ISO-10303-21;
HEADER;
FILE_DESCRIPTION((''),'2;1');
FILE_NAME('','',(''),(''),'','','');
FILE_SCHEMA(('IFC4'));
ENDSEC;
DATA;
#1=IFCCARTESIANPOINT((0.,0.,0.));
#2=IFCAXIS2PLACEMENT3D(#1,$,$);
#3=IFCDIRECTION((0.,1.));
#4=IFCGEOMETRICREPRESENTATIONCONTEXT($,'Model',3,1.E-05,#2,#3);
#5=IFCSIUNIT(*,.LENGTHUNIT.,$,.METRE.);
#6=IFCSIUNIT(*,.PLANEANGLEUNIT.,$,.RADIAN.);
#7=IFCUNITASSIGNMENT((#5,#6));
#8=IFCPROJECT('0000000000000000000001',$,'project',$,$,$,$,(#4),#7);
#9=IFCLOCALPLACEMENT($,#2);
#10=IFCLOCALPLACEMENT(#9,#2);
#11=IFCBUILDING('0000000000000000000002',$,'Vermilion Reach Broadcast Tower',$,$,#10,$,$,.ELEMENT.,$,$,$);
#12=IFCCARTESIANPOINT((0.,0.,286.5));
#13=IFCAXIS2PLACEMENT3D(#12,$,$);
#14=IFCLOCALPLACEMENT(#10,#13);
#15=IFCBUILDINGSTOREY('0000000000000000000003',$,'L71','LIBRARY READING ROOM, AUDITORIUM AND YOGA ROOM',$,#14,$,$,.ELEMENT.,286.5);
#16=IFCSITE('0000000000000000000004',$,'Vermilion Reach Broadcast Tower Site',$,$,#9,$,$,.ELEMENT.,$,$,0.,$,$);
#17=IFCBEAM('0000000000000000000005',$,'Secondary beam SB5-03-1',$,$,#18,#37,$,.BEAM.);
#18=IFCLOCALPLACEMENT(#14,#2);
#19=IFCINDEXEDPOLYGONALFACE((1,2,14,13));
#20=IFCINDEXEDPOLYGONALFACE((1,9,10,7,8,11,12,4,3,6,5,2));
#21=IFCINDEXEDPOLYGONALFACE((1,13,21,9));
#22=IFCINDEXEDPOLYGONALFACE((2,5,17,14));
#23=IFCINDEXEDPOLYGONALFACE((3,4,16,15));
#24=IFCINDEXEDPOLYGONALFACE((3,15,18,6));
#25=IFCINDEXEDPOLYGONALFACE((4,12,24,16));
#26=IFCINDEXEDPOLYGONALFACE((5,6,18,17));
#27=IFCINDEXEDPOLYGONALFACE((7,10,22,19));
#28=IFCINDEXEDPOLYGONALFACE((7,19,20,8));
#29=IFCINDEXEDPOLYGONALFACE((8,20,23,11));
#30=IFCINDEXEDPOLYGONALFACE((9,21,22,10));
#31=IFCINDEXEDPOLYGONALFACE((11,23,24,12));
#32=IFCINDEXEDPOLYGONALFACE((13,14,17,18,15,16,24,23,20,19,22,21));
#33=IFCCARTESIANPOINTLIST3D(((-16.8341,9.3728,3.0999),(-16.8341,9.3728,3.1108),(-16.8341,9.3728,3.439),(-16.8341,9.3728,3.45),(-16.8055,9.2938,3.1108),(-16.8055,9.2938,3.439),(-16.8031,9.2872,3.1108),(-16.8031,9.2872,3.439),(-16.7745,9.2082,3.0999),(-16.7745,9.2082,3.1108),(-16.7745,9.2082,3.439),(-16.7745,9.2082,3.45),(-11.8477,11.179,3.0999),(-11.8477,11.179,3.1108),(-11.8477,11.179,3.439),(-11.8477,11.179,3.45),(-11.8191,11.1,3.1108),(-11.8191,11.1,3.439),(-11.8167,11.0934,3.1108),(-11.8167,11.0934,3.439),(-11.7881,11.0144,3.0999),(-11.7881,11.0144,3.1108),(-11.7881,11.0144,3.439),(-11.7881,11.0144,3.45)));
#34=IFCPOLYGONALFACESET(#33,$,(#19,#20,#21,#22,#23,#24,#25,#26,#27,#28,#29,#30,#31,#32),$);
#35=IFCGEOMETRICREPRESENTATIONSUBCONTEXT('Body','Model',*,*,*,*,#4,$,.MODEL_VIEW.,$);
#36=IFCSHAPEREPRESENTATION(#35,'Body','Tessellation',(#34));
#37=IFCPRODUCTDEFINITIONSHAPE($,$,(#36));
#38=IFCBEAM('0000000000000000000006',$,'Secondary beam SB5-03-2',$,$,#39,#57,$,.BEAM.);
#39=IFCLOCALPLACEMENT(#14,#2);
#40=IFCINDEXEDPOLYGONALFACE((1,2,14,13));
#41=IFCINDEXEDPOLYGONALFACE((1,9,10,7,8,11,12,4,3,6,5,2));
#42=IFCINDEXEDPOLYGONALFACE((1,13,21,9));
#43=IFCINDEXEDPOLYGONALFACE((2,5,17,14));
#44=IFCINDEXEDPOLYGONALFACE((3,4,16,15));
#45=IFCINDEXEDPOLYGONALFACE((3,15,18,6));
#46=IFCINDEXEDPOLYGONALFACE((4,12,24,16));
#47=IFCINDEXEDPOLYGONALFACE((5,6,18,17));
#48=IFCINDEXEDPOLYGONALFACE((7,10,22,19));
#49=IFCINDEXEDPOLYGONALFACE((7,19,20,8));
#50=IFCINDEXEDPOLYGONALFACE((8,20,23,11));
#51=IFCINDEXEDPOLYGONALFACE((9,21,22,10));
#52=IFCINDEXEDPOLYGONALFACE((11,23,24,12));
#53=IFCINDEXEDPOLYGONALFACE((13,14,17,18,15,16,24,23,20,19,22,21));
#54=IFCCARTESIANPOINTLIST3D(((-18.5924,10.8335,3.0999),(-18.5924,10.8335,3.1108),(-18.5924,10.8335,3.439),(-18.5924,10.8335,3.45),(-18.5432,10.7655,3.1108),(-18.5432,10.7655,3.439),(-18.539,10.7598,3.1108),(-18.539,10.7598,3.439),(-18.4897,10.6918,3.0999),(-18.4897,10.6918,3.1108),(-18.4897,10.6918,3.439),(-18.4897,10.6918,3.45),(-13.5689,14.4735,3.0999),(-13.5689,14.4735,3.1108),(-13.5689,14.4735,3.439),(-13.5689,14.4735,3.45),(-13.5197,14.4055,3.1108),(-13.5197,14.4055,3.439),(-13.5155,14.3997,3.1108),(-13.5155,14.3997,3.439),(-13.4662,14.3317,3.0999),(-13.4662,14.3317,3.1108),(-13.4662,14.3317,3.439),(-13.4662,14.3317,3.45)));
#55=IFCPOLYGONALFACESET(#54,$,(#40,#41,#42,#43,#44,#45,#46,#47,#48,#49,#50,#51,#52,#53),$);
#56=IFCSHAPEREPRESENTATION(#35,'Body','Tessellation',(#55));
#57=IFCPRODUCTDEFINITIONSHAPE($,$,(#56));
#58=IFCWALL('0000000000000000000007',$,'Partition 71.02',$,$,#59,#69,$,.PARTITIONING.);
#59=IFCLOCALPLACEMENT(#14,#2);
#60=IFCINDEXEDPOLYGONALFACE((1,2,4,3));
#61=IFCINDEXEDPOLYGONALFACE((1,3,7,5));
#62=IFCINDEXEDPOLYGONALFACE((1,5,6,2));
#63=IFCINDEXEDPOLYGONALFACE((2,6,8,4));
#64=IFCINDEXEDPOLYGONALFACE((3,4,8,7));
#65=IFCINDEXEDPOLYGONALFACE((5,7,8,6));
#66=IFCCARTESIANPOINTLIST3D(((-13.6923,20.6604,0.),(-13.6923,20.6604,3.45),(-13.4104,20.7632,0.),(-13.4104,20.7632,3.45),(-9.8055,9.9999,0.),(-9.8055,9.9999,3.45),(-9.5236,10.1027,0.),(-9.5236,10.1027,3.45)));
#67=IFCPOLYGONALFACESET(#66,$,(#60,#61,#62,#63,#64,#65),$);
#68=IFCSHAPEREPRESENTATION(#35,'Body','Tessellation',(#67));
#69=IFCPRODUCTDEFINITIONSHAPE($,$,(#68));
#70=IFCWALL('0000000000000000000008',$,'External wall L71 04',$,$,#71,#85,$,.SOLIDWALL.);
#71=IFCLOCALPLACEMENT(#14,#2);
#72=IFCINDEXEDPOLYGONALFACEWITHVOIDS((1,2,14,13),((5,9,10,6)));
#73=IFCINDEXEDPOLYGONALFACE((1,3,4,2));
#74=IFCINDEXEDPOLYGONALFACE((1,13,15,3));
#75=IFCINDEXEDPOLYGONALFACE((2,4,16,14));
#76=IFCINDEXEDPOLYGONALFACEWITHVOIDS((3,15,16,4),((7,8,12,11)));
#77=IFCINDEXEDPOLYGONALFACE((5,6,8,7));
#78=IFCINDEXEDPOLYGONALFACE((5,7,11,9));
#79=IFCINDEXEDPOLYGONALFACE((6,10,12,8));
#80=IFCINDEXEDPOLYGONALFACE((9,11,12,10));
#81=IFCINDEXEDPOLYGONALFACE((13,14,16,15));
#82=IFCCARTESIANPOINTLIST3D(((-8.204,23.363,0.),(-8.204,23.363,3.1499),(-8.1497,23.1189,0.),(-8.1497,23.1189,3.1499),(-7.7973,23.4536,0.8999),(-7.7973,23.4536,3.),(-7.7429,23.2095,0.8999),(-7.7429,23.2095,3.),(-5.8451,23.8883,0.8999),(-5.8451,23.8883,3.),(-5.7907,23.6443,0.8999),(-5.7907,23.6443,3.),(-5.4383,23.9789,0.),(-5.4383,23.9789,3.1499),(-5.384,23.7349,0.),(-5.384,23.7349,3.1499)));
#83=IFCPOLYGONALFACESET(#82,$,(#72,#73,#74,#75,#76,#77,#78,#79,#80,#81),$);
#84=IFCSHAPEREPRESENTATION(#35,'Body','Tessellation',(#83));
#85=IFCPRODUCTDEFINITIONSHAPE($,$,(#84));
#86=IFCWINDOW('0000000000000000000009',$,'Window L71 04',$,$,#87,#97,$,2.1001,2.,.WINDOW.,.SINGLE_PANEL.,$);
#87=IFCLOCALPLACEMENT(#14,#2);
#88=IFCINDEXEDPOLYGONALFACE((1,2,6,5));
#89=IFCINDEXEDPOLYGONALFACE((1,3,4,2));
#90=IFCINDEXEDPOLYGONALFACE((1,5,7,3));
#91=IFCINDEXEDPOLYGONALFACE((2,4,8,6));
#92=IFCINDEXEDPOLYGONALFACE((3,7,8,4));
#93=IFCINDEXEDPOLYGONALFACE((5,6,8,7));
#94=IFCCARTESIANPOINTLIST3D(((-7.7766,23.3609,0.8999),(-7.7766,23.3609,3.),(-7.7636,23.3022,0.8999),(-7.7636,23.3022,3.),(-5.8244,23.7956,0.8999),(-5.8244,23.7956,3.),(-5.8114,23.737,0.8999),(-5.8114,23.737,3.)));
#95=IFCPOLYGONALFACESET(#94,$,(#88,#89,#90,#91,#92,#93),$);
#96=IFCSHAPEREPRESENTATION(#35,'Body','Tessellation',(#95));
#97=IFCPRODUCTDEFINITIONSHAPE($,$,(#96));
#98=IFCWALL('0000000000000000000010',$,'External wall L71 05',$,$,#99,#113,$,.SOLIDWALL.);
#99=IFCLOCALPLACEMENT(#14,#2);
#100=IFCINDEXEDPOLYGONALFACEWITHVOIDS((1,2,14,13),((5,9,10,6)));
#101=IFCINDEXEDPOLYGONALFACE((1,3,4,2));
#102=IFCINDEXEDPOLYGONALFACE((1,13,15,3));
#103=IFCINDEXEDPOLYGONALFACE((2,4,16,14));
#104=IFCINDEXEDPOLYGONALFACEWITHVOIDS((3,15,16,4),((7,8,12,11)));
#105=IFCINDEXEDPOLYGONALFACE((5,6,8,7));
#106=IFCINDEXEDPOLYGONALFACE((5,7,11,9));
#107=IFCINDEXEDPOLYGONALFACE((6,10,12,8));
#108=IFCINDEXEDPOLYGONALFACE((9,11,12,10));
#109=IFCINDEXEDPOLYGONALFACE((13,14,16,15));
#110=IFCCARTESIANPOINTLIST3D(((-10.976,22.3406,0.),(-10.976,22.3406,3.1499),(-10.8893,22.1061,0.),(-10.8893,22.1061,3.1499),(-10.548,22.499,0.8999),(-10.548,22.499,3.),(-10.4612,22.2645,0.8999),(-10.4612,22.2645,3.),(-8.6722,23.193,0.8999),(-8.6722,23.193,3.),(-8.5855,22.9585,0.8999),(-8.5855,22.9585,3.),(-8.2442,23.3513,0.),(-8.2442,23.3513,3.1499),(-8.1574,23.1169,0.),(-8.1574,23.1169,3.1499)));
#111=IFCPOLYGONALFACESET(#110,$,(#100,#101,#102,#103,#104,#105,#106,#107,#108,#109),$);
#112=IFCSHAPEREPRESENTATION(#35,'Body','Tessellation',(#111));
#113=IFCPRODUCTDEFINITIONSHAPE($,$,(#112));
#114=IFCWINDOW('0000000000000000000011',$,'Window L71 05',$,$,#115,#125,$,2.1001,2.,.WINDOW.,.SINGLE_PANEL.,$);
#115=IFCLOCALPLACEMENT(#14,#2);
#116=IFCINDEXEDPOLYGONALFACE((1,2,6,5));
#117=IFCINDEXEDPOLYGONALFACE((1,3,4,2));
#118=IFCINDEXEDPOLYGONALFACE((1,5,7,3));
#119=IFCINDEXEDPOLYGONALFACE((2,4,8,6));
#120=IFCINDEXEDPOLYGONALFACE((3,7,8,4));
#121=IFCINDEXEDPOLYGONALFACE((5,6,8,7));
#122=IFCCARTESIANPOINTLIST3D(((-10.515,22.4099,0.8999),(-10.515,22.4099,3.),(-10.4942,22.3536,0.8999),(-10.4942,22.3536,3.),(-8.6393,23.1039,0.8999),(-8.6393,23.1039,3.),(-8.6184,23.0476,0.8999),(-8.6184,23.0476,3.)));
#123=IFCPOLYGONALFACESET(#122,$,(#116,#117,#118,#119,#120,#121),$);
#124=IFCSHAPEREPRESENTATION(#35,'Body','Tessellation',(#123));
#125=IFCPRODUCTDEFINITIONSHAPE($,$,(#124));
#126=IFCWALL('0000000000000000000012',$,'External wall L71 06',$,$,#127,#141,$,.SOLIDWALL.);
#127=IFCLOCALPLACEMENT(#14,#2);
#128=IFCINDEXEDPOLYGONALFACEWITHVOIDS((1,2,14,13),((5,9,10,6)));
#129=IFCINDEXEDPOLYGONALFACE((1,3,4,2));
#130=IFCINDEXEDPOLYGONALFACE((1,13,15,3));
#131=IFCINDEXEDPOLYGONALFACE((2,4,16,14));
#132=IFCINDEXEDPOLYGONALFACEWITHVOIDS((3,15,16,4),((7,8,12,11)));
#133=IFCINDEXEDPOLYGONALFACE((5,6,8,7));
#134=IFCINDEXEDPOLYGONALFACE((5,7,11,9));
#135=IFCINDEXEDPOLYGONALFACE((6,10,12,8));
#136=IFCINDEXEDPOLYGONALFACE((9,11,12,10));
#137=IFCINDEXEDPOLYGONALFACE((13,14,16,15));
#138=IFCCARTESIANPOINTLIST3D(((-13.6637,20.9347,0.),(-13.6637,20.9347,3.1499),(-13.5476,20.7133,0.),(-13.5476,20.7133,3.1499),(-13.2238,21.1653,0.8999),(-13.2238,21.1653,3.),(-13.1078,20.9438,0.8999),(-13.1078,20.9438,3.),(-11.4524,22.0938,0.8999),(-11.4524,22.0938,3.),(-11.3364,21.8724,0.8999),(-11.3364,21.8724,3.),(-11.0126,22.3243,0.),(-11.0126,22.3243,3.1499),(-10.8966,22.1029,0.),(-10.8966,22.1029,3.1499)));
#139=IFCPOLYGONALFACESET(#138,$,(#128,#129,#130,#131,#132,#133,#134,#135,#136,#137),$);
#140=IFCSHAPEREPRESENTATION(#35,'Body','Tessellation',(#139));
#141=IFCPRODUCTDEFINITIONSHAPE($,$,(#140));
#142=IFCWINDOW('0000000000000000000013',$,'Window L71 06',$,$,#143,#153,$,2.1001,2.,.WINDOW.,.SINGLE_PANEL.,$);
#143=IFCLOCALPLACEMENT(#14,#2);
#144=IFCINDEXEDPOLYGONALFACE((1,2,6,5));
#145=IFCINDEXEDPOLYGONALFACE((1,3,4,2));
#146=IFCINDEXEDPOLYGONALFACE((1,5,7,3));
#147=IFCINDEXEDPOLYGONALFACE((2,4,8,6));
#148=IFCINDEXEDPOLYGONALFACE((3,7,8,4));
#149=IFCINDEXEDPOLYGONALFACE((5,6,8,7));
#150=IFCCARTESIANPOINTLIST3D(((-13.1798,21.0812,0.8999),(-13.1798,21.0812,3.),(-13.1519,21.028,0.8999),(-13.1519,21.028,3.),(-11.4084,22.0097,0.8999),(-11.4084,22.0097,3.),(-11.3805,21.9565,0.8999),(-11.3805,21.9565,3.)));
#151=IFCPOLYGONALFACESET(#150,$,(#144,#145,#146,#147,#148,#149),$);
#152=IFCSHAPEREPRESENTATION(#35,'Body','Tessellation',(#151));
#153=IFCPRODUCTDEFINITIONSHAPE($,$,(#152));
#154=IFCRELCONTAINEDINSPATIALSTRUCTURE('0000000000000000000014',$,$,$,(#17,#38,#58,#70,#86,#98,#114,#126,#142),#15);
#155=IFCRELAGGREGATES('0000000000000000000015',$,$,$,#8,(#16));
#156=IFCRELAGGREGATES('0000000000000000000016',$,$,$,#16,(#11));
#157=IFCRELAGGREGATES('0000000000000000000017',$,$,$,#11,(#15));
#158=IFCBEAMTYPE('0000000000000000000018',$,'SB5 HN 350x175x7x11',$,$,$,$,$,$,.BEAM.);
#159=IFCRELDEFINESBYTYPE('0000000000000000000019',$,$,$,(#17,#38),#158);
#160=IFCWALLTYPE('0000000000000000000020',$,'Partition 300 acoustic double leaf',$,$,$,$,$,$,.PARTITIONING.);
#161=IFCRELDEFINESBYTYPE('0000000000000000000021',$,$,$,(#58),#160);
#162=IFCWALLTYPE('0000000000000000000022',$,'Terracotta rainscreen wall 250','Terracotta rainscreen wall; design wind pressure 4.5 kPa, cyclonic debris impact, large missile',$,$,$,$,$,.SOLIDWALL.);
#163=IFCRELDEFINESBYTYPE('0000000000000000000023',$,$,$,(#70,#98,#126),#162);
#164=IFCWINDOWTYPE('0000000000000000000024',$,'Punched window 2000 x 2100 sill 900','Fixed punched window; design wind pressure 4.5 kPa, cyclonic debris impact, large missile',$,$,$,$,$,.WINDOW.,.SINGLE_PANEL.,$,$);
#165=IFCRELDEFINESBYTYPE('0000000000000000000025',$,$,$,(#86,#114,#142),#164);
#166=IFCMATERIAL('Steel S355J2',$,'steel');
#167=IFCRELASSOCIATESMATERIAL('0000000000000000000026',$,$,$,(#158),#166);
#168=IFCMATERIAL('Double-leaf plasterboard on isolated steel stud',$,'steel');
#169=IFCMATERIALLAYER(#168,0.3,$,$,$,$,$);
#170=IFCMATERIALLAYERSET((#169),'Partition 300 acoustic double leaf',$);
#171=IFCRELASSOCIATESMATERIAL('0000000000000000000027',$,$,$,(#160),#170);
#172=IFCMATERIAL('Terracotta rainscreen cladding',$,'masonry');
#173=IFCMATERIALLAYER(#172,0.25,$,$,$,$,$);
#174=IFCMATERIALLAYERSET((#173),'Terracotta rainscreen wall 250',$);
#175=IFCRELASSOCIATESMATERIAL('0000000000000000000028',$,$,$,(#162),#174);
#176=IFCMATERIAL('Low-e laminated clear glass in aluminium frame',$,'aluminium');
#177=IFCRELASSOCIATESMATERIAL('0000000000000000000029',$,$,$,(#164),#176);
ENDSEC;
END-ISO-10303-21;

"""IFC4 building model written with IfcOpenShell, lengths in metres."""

from ifc_helpers import new_model, si_unit, direction, frame, frame_2d, origin, origin_2d, place, context, subcontext, project, spatial, rectangle, i_section, extrude, material, layer, layer_set, material_profile, profile_set, type_object, element, fill, save


model = new_model("IFC4")

# Units and contexts
model_context = context("Model", 3, precision=1e-05, world=origin(), true_north=direction((0.0, 1.0)))
body_context = subcontext(model_context, "Body", "Model", "MODEL_VIEW")
ifc_project = project(units=[si_unit("LENGTHUNIT", "METRE"), si_unit("PLANEANGLEUNIT", "RADIAN")], contexts=[model_context])

# Site, building, storey
site_placement = place(None, origin())
site = spatial("IfcSite", under=ifc_project, at=site_placement, Name="Vermilion Reach Broadcast Tower Site", CompositionType="ELEMENT", RefElevation=0.0)
building_placement = place(site_placement, origin())
building = spatial("IfcBuilding", under=site, at=building_placement, Name="Vermilion Reach Broadcast Tower", CompositionType="ELEMENT")
storey_placement = place(building_placement, frame((0.0, 0.0, 286.5)))
storey = spatial("IfcBuildingStorey", under=building, at=storey_placement, Name="L71", Description="LIBRARY READING ROOM, AUDITORIUM AND YOGA ROOM", CompositionType="ELEMENT", Elevation=286.5)

# Beams
ifc_material_1 = material(Name="Steel S355J2", Category="steel")
ifc_material_profile_1 = material_profile(ifc_material_1, i_section(OverallWidth=0.175, OverallDepth=0.3501, WebThickness=0.0071, FlangeThickness=0.011, at=origin_2d()), Name="S355J2 HN 350x175x7x11")
ifc_profile_set_1 = profile_set([ifc_material_profile_1], Name="Steel S355J2")
beam_type_1 = type_object("IfcBeamType", Name="SB5 HN 350x175x7x11", PredefinedType="BEAM", material=ifc_profile_set_1)
beam_1_placement = place(storey_placement, frame((-11.8179, 11.0967, 3.2749), z_axis=(-0.94022, -0.340567, 0.0), x_axis=(0.340567, -0.94022, 0.0)))
element("IfcBeam", 1, at=beam_1_placement, inside=storey, type_object=beam_type_1, Name="Secondary beam SB5-03-1", PredefinedType="BEAM", context=body_context, shape_type="SweptSolid", body=[
    extrude(i_section(OverallWidth=0.175, OverallDepth=0.3501, WebThickness=0.0071, FlangeThickness=0.011, at=origin_2d()), origin(), (0.0, 0.0, 1.0), 5.3035),
])
beam_2_placement = place(storey_placement, frame((-13.5176, 14.4026, 3.2749), z_axis=(-0.809771, -0.586746, 0.0), x_axis=(0.586746, -0.809771, 0.0)))
element("IfcBeam", 2, at=beam_2_placement, inside=storey, type_object=beam_type_1, Name="Secondary beam SB5-03-2", PredefinedType="BEAM", context=body_context, shape_type="SweptSolid", body=[
    extrude(i_section(OverallWidth=0.175, OverallDepth=0.3501, WebThickness=0.0071, FlangeThickness=0.011, at=origin_2d()), origin(), (0.0, 0.0, 1.0), 6.2036),
])

# Wall
ifc_material_2 = material(Name="Double-leaf plasterboard on isolated steel stud", Category="steel")
ifc_layer_1 = layer(ifc_material_2, 0.3)
ifc_layer_set_1 = layer_set([ifc_layer_1], Name="Partition 300 acoustic double leaf")
wall_type_1 = type_object("IfcWallType", Name="Partition 300 acoustic double leaf", PredefinedType="PARTITIONING", material=ifc_layer_set_1)
wall_1_placement = place(storey_placement, frame((-13.5513, 20.7117, 0.0), z_axis=(0.0, 0.0, 1.0), x_axis=(0.342538, -0.939504, 0.0)))
element("IfcWall", 3, at=wall_1_placement, inside=storey, type_object=wall_type_1, Name="Partition 71.02", PredefinedType="PARTITIONING", context=body_context, shape_type="SweptSolid", body=[
    extrude(rectangle(XDim=11.3469, YDim=0.3, at=frame_2d((5.6733, 0.0))), origin(), (0.0, 0.0, 1.0), 3.45),
])

# Walls, openings, windows
ifc_material_3 = material(Name="Terracotta rainscreen cladding", Category="masonry")
ifc_layer_2 = layer(ifc_material_3, 0.25)
ifc_layer_set_2 = layer_set([ifc_layer_2], Name="Terracotta rainscreen wall 250")
wall_type_2 = type_object("IfcWallType", Name="Terracotta rainscreen wall 250", Description="Terracotta rainscreen wall; design wind pressure 4.5 kPa, cyclonic debris impact, large missile", PredefinedType="SOLIDWALL", material=ifc_layer_set_2)
wall_2_placement = place(storey_placement, frame((-5.4111, 23.8569, 0.0), z_axis=(0.0, 0.0, 1.0), x_axis=(-0.976084, -0.217396, 0.0)))
wall_2 = element("IfcWall", 4, at=wall_2_placement, inside=storey, type_object=wall_type_2, Name="External wall L71 04", PredefinedType="SOLIDWALL", context=body_context, shape_type="SweptSolid", body=[
    extrude(rectangle(XDim=2.8335, YDim=0.25, at=frame_2d((1.4167, 0.0))), origin(), (0.0, 0.0, 1.0), 3.1499),
])
opening_1_placement = place(wall_2_placement, frame((0.4167, 0.0, 0.8999)))
opening_1 = element("IfcOpeningElement", 5, at=opening_1_placement, cuts=wall_2, PredefinedType="OPENING", context=body_context, shape_type="SweptSolid", body=[
    extrude(rectangle(XDim=2.0, YDim=2.1001, at=frame_2d((1.0, 1.05))), frame((0.0, 0.135, 0.0), z_axis=(0.0, -1.0, 0.0), x_axis=(1.0, 0.0, 0.0)), (0.0, 0.0, 1.0), 0.27),
])
ifc_material_4 = material(Name="Low-e laminated clear glass in aluminium frame", Category="aluminium")
window_type = type_object("IfcWindowType", Name="Punched window 2000 x 2100 sill 900", Description="Fixed punched window; design wind pressure 4.5 kPa, cyclonic debris impact, large missile", PartitioningType="SINGLE_PANEL", PredefinedType="WINDOW", material=ifc_material_4)
window_1_placement = place(opening_1_placement, origin())
window_1 = element("IfcWindow", 6, at=window_1_placement, inside=storey, type_object=window_type, Name="Window L71 04", OverallHeight=2.1001, OverallWidth=2.0, PartitioningType="SINGLE_PANEL", PredefinedType="WINDOW", context=body_context, shape_type="SweptSolid", body=[
    extrude(rectangle(XDim=2.0, YDim=2.1001, at=frame_2d((1.0, 1.05))), frame((0.0, 0.03, 0.0), z_axis=(0.0, -1.0, 0.0), x_axis=(1.0, 0.0, 0.0)), (0.0, 0.0, 1.0), 0.0601),
])
fill(opening_1, window_1)
wall_3_placement = place(storey_placement, frame((-8.2007, 23.2341, 0.0), z_axis=(0.0, 0.0, 1.0), x_axis=(-0.93787, -0.346987, 0.0)))
wall_3 = element("IfcWall", 7, at=wall_3_placement, inside=storey, type_object=wall_type_2, Name="External wall L71 05", PredefinedType="SOLIDWALL", context=body_context, shape_type="SweptSolid", body=[
    extrude(rectangle(XDim=2.9128, YDim=0.25, at=frame_2d((1.4565, 0.0))), origin(), (0.0, 0.0, 1.0), 3.1499),
])
opening_2_placement = place(wall_3_placement, frame((0.4565, 0.0, 0.8999)))
opening_2 = element("IfcOpeningElement", 8, at=opening_2_placement, cuts=wall_3, PredefinedType="OPENING", context=body_context, shape_type="SweptSolid", body=[
    extrude(rectangle(XDim=2.0, YDim=2.1001, at=frame_2d((1.0, 1.05))), frame((0.0, 0.135, 0.0), z_axis=(0.0, -1.0, 0.0), x_axis=(1.0, 0.0, 0.0)), (0.0, 0.0, 1.0), 0.27),
])
window_2_placement = place(opening_2_placement, origin())
window_2 = element("IfcWindow", 9, at=window_2_placement, inside=storey, type_object=window_type, Name="Window L71 05", OverallHeight=2.1001, OverallWidth=2.0, PartitioningType="SINGLE_PANEL", PredefinedType="WINDOW", context=body_context, shape_type="SweptSolid", body=[
    extrude(rectangle(XDim=2.0, YDim=2.1001, at=frame_2d((1.0, 1.05))), frame((0.0, 0.03, 0.0), z_axis=(0.0, -1.0, 0.0), x_axis=(1.0, 0.0, 0.0)), (0.0, 0.0, 1.0), 0.0601),
])
fill(opening_2, window_2)
wall_4_placement = place(storey_placement, frame((-10.9546, 22.2136, 0.0), z_axis=(0.0, 0.0, 1.0), x_axis=(-0.885699, -0.46426, 0.0)))
wall_4 = element("IfcWall", 10, at=wall_4_placement, inside=storey, type_object=wall_type_2, Name="External wall L71 06", PredefinedType="SOLIDWALL", context=body_context, shape_type="SweptSolid", body=[
    extrude(rectangle(XDim=2.9932, YDim=0.25, at=frame_2d((1.4966, 0.0))), origin(), (0.0, 0.0, 1.0), 3.1499),
])
opening_3_placement = place(wall_4_placement, frame((0.4966, 0.0, 0.8999)))
opening_3 = element("IfcOpeningElement", 11, at=opening_3_placement, cuts=wall_4, PredefinedType="OPENING", context=body_context, shape_type="SweptSolid", body=[
    extrude(rectangle(XDim=2.0, YDim=2.1001, at=frame_2d((1.0, 1.05))), frame((0.0, 0.135, 0.0), z_axis=(0.0, -1.0, 0.0), x_axis=(1.0, 0.0, 0.0)), (0.0, 0.0, 1.0), 0.27),
])
window_3_placement = place(opening_3_placement, origin())
window_3 = element("IfcWindow", 12, at=window_3_placement, inside=storey, type_object=window_type, Name="Window L71 06", OverallHeight=2.1001, OverallWidth=2.0, PartitioningType="SINGLE_PANEL", PredefinedType="WINDOW", context=body_context, shape_type="SweptSolid", body=[
    extrude(rectangle(XDim=2.0, YDim=2.1001, at=frame_2d((1.0, 1.05))), frame((0.0, 0.03, 0.0), z_axis=(0.0, -1.0, 0.0), x_axis=(1.0, 0.0, 0.0)), (0.0, 0.0, 1.0), 0.0601),
])
fill(opening_3, window_3)

save(model, "model.ifc")
